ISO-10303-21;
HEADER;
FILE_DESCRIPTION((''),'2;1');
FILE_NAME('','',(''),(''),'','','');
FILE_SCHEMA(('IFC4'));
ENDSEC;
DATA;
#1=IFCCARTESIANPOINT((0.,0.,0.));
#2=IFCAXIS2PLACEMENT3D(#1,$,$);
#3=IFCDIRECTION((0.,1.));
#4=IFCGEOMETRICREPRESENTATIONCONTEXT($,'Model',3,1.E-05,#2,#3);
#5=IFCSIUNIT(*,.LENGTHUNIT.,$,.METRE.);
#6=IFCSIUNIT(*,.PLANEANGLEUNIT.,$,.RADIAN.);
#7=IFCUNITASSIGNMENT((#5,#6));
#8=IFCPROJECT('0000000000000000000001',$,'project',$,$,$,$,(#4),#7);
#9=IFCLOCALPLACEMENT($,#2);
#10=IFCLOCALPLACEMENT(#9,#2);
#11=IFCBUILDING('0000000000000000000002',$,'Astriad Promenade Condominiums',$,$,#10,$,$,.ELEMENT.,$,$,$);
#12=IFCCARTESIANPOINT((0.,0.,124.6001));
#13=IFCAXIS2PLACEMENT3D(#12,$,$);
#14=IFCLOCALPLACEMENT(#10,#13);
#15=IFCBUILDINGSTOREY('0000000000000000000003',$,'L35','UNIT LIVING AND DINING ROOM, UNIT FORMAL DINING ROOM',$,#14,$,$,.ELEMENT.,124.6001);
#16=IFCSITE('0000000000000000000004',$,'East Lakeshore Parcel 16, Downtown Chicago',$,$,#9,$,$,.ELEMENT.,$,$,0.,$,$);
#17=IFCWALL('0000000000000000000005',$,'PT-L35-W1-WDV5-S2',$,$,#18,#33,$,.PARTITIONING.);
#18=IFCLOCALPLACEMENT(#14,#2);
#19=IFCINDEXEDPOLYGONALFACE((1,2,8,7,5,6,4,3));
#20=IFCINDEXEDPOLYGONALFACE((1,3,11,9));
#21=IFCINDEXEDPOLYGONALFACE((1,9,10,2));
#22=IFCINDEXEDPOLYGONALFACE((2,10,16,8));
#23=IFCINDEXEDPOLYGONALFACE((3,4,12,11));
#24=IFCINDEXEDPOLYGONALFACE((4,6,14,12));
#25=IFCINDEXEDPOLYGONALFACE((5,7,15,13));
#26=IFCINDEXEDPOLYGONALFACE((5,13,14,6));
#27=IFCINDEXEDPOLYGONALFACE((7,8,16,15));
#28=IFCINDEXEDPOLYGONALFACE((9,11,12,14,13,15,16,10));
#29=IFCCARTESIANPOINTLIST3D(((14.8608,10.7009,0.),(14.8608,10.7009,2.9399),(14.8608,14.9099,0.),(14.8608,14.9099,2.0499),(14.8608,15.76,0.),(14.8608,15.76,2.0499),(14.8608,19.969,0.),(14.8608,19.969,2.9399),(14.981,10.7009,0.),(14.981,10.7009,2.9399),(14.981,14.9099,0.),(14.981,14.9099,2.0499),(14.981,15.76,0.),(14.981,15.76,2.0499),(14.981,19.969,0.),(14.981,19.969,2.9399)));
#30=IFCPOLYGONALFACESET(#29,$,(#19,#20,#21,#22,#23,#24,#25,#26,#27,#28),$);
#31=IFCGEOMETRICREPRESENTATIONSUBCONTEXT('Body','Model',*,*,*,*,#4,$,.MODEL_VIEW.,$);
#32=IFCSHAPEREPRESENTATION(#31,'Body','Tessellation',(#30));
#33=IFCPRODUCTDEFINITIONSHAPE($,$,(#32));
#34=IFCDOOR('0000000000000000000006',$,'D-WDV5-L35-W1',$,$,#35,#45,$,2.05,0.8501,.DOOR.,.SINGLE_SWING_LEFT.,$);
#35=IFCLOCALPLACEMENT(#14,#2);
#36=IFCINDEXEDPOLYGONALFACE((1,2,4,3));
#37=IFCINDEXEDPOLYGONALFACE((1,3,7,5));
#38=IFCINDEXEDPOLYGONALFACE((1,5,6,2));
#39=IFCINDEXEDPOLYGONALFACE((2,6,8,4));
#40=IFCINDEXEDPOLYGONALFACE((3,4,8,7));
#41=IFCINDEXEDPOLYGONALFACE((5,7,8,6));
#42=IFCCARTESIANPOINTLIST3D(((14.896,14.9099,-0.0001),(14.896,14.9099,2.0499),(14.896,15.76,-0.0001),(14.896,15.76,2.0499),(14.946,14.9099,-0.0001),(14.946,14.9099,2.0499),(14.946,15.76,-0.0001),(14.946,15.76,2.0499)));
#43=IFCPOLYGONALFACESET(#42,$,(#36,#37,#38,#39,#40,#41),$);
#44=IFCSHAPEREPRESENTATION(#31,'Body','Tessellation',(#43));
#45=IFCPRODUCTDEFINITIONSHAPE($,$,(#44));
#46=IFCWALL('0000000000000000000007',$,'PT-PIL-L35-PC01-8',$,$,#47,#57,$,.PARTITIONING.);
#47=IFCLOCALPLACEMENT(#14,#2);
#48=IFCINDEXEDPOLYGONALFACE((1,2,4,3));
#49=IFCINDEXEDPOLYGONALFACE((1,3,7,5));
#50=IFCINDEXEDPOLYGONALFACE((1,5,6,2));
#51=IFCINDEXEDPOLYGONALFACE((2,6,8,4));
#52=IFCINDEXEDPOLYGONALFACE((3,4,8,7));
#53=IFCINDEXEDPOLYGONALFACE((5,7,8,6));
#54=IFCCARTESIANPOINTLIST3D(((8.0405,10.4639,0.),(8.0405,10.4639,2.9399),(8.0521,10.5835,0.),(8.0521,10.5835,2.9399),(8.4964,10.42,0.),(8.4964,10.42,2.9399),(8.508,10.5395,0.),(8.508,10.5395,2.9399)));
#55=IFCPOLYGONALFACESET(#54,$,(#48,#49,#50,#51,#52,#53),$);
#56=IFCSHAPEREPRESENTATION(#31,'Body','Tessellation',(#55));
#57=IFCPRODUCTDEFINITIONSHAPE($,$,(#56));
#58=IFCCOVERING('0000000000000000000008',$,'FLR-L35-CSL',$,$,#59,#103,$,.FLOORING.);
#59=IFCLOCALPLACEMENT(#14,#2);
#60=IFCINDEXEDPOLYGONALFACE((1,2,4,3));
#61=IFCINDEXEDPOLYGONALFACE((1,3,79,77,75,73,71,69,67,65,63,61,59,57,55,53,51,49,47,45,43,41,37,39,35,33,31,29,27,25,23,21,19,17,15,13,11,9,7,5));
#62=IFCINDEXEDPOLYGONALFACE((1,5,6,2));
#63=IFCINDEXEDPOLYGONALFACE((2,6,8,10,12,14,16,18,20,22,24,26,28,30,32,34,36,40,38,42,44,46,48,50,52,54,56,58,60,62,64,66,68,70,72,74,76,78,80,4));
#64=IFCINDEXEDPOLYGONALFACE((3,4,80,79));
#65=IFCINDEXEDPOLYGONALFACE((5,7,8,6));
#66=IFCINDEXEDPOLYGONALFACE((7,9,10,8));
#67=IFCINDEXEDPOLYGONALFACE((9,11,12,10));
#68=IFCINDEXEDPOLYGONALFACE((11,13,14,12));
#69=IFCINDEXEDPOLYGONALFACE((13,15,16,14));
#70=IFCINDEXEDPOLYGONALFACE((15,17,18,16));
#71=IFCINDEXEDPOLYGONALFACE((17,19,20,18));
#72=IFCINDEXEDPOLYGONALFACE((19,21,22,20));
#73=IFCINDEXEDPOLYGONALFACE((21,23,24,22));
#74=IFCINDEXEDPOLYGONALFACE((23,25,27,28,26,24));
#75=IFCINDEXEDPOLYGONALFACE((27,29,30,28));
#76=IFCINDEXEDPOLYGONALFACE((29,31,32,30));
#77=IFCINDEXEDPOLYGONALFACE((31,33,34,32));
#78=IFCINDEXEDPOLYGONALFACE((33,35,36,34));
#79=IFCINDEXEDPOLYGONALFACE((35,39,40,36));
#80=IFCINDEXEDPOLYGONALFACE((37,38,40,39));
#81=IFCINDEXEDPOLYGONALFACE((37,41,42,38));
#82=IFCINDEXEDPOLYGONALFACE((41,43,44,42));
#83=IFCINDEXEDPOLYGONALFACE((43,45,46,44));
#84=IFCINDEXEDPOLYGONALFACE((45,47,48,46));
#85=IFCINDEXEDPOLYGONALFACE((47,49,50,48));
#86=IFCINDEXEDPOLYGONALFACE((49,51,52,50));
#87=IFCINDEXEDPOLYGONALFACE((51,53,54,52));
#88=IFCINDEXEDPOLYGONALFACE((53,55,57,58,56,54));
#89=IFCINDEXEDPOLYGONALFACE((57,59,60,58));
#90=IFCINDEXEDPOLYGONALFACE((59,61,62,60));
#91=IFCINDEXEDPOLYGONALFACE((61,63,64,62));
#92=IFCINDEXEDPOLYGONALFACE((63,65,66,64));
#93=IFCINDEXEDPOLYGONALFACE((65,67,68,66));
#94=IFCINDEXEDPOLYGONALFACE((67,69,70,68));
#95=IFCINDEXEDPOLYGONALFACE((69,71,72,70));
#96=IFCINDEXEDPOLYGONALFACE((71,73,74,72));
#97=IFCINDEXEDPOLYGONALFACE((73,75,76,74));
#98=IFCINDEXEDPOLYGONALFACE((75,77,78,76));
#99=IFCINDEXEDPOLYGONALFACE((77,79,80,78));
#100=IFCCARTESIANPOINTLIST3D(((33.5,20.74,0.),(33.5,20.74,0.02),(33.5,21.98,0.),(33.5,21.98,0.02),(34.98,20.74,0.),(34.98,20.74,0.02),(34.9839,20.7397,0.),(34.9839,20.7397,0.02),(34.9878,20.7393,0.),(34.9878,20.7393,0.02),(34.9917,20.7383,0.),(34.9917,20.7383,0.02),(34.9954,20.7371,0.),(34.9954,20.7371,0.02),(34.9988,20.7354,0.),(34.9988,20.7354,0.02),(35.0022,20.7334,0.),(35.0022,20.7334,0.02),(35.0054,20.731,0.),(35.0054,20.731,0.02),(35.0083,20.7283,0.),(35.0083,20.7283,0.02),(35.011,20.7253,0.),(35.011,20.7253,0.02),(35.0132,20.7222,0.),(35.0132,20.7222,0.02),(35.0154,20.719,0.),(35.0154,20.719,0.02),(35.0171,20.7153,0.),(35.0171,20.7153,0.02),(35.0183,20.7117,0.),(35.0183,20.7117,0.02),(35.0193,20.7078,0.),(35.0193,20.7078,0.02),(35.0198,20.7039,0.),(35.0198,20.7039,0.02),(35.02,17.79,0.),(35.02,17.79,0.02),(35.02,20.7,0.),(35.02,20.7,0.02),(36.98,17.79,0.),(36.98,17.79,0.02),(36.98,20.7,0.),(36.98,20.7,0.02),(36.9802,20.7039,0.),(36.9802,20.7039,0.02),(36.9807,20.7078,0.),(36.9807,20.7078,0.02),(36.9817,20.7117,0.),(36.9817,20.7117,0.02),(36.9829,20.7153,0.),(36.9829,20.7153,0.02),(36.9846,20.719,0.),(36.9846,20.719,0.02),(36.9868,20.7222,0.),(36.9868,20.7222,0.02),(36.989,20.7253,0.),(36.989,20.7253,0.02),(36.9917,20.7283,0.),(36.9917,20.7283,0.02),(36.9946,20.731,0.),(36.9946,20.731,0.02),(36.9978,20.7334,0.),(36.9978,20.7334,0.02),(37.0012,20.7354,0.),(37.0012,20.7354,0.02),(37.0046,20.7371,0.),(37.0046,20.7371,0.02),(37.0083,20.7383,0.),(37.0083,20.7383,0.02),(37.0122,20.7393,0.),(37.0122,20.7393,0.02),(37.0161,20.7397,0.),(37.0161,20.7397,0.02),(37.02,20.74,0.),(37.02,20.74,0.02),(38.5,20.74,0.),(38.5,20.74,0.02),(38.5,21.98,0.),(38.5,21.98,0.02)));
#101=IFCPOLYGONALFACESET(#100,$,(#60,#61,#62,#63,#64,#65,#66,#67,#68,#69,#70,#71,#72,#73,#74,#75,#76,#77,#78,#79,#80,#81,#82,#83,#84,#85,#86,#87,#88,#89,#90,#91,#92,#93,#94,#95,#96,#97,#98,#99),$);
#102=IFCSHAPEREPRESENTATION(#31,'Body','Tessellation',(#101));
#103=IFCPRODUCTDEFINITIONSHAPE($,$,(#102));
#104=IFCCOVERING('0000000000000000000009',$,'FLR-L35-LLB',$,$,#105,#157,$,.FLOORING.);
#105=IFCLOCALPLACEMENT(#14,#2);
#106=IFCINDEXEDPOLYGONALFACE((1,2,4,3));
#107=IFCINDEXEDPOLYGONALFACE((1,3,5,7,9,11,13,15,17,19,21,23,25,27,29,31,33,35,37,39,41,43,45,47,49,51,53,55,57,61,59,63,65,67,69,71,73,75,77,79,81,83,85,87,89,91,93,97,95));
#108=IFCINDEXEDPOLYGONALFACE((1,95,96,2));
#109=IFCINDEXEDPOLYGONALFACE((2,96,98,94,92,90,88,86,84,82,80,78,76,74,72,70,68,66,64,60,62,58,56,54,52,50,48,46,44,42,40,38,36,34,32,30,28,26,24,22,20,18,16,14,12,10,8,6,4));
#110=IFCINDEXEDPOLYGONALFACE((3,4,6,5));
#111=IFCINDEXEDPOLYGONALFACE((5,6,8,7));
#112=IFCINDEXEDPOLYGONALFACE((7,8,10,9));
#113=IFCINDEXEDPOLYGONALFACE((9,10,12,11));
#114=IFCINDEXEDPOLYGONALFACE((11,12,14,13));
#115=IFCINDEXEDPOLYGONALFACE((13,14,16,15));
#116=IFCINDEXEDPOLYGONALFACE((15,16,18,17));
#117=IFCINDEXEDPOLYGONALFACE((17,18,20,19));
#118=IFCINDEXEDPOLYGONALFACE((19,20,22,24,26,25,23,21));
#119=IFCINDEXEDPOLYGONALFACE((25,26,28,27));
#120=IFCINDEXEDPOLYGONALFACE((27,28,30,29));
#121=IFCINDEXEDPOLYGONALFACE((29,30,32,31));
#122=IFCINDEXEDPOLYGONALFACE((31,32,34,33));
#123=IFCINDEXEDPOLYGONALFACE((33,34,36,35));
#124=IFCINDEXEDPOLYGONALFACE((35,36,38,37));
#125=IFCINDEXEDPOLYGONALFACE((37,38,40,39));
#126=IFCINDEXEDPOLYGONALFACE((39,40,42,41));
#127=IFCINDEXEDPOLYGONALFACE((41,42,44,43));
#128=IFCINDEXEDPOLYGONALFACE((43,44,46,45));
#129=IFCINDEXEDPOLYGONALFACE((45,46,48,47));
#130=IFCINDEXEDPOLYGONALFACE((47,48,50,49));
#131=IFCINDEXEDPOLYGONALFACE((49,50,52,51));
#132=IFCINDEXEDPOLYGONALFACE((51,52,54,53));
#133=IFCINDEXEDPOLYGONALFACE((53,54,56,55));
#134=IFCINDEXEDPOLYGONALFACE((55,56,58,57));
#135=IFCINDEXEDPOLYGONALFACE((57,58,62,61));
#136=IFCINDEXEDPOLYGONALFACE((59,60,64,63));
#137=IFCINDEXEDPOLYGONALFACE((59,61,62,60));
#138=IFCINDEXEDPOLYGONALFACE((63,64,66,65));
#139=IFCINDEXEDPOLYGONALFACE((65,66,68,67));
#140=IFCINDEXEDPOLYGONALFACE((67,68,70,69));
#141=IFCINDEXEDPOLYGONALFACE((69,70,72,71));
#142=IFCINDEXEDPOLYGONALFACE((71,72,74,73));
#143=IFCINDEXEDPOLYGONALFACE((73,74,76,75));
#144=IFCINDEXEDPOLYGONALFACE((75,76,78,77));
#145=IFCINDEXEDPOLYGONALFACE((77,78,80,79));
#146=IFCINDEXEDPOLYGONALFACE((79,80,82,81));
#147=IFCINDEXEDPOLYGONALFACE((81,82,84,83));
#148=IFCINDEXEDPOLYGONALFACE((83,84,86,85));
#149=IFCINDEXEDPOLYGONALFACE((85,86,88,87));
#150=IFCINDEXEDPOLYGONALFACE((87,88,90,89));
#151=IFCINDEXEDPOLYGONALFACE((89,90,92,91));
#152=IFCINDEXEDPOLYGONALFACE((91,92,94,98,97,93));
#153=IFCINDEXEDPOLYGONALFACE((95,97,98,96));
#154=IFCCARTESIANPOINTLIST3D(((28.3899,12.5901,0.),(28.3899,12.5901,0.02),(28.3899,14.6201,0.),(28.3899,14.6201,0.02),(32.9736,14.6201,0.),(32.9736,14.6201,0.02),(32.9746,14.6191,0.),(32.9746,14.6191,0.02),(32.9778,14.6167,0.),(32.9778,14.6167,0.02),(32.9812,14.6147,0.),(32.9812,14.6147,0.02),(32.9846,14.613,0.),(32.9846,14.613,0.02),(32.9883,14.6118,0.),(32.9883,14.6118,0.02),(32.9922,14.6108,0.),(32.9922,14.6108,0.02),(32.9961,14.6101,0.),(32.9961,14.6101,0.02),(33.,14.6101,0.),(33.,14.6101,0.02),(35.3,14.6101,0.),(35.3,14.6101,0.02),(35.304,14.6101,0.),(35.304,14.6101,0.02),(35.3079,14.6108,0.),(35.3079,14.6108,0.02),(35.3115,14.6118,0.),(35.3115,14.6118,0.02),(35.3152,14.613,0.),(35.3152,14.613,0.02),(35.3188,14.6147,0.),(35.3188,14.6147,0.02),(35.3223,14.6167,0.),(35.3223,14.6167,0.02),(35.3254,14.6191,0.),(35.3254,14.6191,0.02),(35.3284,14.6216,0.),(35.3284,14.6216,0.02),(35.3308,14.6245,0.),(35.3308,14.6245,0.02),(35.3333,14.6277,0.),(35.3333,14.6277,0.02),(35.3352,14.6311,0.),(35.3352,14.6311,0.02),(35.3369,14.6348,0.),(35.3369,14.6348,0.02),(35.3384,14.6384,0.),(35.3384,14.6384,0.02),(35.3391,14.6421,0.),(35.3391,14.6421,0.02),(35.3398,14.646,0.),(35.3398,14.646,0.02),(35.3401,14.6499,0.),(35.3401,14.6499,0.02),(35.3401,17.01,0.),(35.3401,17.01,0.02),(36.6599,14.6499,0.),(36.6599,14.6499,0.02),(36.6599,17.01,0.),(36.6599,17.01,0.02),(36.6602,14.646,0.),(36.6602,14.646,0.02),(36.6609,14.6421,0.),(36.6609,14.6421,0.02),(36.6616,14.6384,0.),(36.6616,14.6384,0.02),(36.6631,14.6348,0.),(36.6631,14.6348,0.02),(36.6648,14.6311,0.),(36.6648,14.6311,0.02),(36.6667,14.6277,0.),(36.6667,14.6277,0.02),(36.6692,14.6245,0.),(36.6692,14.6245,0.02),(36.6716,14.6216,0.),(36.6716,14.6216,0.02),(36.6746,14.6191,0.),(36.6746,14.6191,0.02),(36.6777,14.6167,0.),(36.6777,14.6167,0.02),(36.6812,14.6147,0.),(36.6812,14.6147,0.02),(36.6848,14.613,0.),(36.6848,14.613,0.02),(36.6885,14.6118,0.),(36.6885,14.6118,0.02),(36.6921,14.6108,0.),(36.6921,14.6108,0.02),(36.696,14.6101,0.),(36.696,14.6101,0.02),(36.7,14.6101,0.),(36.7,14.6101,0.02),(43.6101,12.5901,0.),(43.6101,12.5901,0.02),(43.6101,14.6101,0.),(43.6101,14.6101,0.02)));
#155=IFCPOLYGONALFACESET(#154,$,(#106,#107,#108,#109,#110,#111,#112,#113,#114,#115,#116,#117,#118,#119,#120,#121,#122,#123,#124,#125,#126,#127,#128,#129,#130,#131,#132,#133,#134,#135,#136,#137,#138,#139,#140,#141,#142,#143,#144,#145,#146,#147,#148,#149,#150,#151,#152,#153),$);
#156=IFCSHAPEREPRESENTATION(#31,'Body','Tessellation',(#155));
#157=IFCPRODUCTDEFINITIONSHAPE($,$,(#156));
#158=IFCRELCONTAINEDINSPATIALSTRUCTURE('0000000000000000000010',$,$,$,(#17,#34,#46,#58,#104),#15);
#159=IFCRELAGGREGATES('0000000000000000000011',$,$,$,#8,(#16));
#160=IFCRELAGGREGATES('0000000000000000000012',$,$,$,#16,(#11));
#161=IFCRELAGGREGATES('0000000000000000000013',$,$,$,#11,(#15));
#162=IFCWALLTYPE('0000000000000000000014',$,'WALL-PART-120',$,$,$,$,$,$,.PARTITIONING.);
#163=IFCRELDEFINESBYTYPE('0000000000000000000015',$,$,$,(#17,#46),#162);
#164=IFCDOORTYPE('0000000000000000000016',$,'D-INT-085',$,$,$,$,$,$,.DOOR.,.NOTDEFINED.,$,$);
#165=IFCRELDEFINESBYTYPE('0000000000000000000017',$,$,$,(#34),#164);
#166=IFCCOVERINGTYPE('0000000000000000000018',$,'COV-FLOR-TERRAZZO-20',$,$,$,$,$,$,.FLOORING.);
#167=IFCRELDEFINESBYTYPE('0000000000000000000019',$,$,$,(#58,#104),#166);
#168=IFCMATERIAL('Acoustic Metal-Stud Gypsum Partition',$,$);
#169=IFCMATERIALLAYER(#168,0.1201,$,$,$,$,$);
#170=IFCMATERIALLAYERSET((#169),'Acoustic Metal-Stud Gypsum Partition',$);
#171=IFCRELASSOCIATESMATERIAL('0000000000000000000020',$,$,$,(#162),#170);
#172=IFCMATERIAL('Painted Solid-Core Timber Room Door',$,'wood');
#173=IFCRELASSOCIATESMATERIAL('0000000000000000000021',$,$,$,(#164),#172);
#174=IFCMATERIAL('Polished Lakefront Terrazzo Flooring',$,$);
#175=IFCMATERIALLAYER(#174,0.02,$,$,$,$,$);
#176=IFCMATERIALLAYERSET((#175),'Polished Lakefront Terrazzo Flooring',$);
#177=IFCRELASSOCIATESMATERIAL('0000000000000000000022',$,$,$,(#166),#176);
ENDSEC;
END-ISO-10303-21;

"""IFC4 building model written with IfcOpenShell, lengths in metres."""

from ifc_helpers import new_model, si_unit, direction, frame, frame_2d, origin, place, context, subcontext, project, spatial, polyline, rectangle, outline, extrude, source, transform, mapped, material, layer, layer_set, type_object, type_shapes, element, fill, save


model = new_model("IFC4")

# Units and contexts
model_context = context("Model", 3, precision=1e-05, world=origin(), true_north=direction((0.0, 1.0)))
body_context = subcontext(model_context, "Body", "Model", "MODEL_VIEW")
ifc_project = project(units=[si_unit("LENGTHUNIT", "METRE"), si_unit("PLANEANGLEUNIT", "RADIAN")], contexts=[model_context])

# Site, building, storey
site_placement = place(None, origin())
site = spatial("IfcSite", under=ifc_project, at=site_placement, Name="East Lakeshore Parcel 16, Downtown Chicago", CompositionType="ELEMENT", RefElevation=0.0)
building_placement = place(site_placement, origin())
building = spatial("IfcBuilding", under=site, at=building_placement, Name="Astriad Promenade Condominiums", CompositionType="ELEMENT")
storey_placement = place(building_placement, frame((0.0, 0.0, 124.6001)))
storey = spatial("IfcBuildingStorey", under=building, at=storey_placement, Name="L35", Description="UNIT LIVING AND DINING ROOM, UNIT FORMAL DINING ROOM", CompositionType="ELEMENT", Elevation=124.6001)

# Shared definitions
ifc_material_1 = material(Name="Acoustic Metal-Stud Gypsum Partition")
ifc_layer_1 = layer(ifc_material_1, 0.1201)
ifc_layer_set_1 = layer_set([ifc_layer_1], Name="Acoustic Metal-Stud Gypsum Partition")
wall_type_1 = type_object("IfcWallType", Name="WALL-PART-120", PredefinedType="PARTITIONING", material=ifc_layer_set_1)
ifc_material_2 = material(Name="Painted Solid-Core Timber Room Door", Category="wood")
door_type = type_object("IfcDoorType", Name="D-INT-085", OperationType="NOTDEFINED", PredefinedType="DOOR", material=ifc_material_2)
shared_shape_1 = source(origin(), body_context, "Body", "SweptSolid", [
    extrude(rectangle(XDim=0.8501, YDim=2.05, at=frame_2d((0.425, 1.0249))), frame((0.0, 0.0249, 0.0), z_axis=(0.0, -1.0, 0.0), x_axis=(1.0, 0.0, 0.0)), (0.0, 0.0, 1.0), 0.05),
])
type_shapes(door_type, [shared_shape_1])

# Wall, opening, door
wall_1_placement = place(storey_placement, frame((14.9209, 10.7009, 0.0), z_axis=(0.0, 0.0, 1.0), x_axis=(0.0, 1.0, 0.0)))
wall_1 = element("IfcWall", 1, at=wall_1_placement, inside=storey, type_object=wall_type_1, Name="PT-L35-W1-WDV5-S2", PredefinedType="PARTITIONING", context=body_context, shape_type="SweptSolid", body=[
    extrude(rectangle(XDim=9.2681, YDim=0.1201, at=frame_2d((4.634, 0.0))), origin(), (0.0, 0.0, 1.0), 2.9399),
])
opening_1_placement = place(wall_1_placement, frame((4.209, 0.0, 0.0)))
opening_1 = element("IfcOpeningElement", 2, at=opening_1_placement, cuts=wall_1, PredefinedType="OPENING", context=body_context, shape_type="SweptSolid", body=[
    extrude(rectangle(XDim=0.8501, YDim=2.05, at=frame_2d((0.425, 1.0249))), frame((0.0, 0.0701, 0.0), z_axis=(0.0, -1.0, 0.0), x_axis=(1.0, 0.0, 0.0)), (0.0, 0.0, 1.0), 0.1401),
])
door_1_placement = place(opening_1_placement, origin())
door_1 = element("IfcDoor", 3, at=door_1_placement, inside=storey, type_object=door_type, Name="D-WDV5-L35-W1", OperationType="SINGLE_SWING_LEFT", OverallHeight=2.05, OverallWidth=0.8501, PredefinedType="DOOR", context=body_context, shape_type="MappedRepresentation", body=[
    mapped(shared_shape_1, transform((0.0, 0.0, 0.0), scale=1.0)),
])
fill(opening_1, door_1)

# Wall
wall_2_placement = place(storey_placement, frame((8.5022, 10.4797, 0.0), z_axis=(0.0, 0.0, 1.0), x_axis=(-0.995385, 0.095966, 0.0)))
element("IfcWall", 4, at=wall_2_placement, inside=storey, type_object=wall_type_1, Name="PT-PIL-L35-PC01-8", PredefinedType="PARTITIONING", context=body_context, shape_type="SweptSolid", body=[
    extrude(rectangle(XDim=0.458, YDim=0.1201, at=frame_2d((0.229, 0.0))), origin(), (0.0, 0.0, 1.0), 2.9399),
])

# Coverings
ifc_material_3 = material(Name="Polished Lakefront Terrazzo Flooring")
ifc_layer_2 = layer(ifc_material_3, 0.02)
ifc_layer_set_2 = layer_set([ifc_layer_2], Name="Polished Lakefront Terrazzo Flooring")
covering_type = type_object("IfcCoveringType", Name="COV-FLOR-TERRAZZO-20", PredefinedType="FLOORING", material=ifc_layer_set_2)
covering_1_placement = place(storey_placement, origin())
element("IfcCovering", 5, at=covering_1_placement, inside=storey, type_object=covering_type, Name="FLR-L35-CSL", PredefinedType="FLOORING", context=body_context, shape_type="SweptSolid", body=[
    extrude(outline(polyline([(36.98, 20.7), (36.98, 17.79), (35.02, 17.79), (35.02, 20.7), (35.0198, 20.7039), (35.0193, 20.7078), (35.0183, 20.7117), (35.0171, 20.7153), (35.0154, 20.719), (35.0132, 20.7222), (35.011, 20.7253), (35.0083, 20.7283), (35.0054, 20.731), (35.0022, 20.7334), (34.9988, 20.7354), (34.9954, 20.7371), (34.9917, 20.7383), (34.9878, 20.7393), (34.9839, 20.7397), (34.98, 20.74), (33.5, 20.74), (33.5, 21.98), (38.5, 21.98), (38.5, 20.74), (37.02, 20.74), (37.0161, 20.7397), (37.0122, 20.7393), (37.0083, 20.7383), (37.0046, 20.7371), (37.0012, 20.7354), (36.9978, 20.7334), (36.9946, 20.731), (36.9917, 20.7283), (36.989, 20.7253), (36.9868, 20.7222), (36.9846, 20.719), (36.9829, 20.7153), (36.9817, 20.7117), (36.9807, 20.7078), (36.9802, 20.7039), (36.98, 20.7)])), origin(), (0.0, 0.0, 1.0), 0.02),
])
covering_2_placement = place(storey_placement, origin())
element("IfcCovering", 6, at=covering_2_placement, inside=storey, type_object=covering_type, Name="FLR-L35-LLB", PredefinedType="FLOORING", context=body_context, shape_type="SweptSolid", body=[
    extrude(outline(polyline([(32.9736, 14.6201), (32.9746, 14.6191), (32.9778, 14.6167), (32.9812, 14.6147), (32.9846, 14.613), (32.9883, 14.6118), (32.9922, 14.6108), (32.9961, 14.6101), (33.0, 14.6101), (35.3, 14.6101), (35.304, 14.6101), (35.3079, 14.6108), (35.3115, 14.6118), (35.3152, 14.613), (35.3188, 14.6147), (35.3223, 14.6167), (35.3254, 14.6191), (35.3284, 14.6216), (35.3308, 14.6245), (35.3333, 14.6277), (35.3352, 14.6311), (35.3369, 14.6348), (35.3384, 14.6384), (35.3391, 14.6421), (35.3398, 14.646), (35.3401, 14.6499), (35.3401, 17.01), (36.6599, 17.01), (36.6599, 14.6499), (36.6602, 14.646), (36.6609, 14.6421), (36.6616, 14.6384), (36.6631, 14.6348), (36.6648, 14.6311), (36.6667, 14.6277), (36.6692, 14.6245), (36.6716, 14.6216), (36.6746, 14.6191), (36.6777, 14.6167), (36.6812, 14.6147), (36.6848, 14.613), (36.6885, 14.6118), (36.6921, 14.6108), (36.696, 14.6101), (36.7, 14.6101), (43.6101, 14.6101), (43.6101, 12.5901), (28.3899, 12.5901), (28.3899, 14.6201), (32.9736, 14.6201)])), origin(), (0.0, 0.0, 1.0), 0.02),
])

save(model, "model.ifc")
